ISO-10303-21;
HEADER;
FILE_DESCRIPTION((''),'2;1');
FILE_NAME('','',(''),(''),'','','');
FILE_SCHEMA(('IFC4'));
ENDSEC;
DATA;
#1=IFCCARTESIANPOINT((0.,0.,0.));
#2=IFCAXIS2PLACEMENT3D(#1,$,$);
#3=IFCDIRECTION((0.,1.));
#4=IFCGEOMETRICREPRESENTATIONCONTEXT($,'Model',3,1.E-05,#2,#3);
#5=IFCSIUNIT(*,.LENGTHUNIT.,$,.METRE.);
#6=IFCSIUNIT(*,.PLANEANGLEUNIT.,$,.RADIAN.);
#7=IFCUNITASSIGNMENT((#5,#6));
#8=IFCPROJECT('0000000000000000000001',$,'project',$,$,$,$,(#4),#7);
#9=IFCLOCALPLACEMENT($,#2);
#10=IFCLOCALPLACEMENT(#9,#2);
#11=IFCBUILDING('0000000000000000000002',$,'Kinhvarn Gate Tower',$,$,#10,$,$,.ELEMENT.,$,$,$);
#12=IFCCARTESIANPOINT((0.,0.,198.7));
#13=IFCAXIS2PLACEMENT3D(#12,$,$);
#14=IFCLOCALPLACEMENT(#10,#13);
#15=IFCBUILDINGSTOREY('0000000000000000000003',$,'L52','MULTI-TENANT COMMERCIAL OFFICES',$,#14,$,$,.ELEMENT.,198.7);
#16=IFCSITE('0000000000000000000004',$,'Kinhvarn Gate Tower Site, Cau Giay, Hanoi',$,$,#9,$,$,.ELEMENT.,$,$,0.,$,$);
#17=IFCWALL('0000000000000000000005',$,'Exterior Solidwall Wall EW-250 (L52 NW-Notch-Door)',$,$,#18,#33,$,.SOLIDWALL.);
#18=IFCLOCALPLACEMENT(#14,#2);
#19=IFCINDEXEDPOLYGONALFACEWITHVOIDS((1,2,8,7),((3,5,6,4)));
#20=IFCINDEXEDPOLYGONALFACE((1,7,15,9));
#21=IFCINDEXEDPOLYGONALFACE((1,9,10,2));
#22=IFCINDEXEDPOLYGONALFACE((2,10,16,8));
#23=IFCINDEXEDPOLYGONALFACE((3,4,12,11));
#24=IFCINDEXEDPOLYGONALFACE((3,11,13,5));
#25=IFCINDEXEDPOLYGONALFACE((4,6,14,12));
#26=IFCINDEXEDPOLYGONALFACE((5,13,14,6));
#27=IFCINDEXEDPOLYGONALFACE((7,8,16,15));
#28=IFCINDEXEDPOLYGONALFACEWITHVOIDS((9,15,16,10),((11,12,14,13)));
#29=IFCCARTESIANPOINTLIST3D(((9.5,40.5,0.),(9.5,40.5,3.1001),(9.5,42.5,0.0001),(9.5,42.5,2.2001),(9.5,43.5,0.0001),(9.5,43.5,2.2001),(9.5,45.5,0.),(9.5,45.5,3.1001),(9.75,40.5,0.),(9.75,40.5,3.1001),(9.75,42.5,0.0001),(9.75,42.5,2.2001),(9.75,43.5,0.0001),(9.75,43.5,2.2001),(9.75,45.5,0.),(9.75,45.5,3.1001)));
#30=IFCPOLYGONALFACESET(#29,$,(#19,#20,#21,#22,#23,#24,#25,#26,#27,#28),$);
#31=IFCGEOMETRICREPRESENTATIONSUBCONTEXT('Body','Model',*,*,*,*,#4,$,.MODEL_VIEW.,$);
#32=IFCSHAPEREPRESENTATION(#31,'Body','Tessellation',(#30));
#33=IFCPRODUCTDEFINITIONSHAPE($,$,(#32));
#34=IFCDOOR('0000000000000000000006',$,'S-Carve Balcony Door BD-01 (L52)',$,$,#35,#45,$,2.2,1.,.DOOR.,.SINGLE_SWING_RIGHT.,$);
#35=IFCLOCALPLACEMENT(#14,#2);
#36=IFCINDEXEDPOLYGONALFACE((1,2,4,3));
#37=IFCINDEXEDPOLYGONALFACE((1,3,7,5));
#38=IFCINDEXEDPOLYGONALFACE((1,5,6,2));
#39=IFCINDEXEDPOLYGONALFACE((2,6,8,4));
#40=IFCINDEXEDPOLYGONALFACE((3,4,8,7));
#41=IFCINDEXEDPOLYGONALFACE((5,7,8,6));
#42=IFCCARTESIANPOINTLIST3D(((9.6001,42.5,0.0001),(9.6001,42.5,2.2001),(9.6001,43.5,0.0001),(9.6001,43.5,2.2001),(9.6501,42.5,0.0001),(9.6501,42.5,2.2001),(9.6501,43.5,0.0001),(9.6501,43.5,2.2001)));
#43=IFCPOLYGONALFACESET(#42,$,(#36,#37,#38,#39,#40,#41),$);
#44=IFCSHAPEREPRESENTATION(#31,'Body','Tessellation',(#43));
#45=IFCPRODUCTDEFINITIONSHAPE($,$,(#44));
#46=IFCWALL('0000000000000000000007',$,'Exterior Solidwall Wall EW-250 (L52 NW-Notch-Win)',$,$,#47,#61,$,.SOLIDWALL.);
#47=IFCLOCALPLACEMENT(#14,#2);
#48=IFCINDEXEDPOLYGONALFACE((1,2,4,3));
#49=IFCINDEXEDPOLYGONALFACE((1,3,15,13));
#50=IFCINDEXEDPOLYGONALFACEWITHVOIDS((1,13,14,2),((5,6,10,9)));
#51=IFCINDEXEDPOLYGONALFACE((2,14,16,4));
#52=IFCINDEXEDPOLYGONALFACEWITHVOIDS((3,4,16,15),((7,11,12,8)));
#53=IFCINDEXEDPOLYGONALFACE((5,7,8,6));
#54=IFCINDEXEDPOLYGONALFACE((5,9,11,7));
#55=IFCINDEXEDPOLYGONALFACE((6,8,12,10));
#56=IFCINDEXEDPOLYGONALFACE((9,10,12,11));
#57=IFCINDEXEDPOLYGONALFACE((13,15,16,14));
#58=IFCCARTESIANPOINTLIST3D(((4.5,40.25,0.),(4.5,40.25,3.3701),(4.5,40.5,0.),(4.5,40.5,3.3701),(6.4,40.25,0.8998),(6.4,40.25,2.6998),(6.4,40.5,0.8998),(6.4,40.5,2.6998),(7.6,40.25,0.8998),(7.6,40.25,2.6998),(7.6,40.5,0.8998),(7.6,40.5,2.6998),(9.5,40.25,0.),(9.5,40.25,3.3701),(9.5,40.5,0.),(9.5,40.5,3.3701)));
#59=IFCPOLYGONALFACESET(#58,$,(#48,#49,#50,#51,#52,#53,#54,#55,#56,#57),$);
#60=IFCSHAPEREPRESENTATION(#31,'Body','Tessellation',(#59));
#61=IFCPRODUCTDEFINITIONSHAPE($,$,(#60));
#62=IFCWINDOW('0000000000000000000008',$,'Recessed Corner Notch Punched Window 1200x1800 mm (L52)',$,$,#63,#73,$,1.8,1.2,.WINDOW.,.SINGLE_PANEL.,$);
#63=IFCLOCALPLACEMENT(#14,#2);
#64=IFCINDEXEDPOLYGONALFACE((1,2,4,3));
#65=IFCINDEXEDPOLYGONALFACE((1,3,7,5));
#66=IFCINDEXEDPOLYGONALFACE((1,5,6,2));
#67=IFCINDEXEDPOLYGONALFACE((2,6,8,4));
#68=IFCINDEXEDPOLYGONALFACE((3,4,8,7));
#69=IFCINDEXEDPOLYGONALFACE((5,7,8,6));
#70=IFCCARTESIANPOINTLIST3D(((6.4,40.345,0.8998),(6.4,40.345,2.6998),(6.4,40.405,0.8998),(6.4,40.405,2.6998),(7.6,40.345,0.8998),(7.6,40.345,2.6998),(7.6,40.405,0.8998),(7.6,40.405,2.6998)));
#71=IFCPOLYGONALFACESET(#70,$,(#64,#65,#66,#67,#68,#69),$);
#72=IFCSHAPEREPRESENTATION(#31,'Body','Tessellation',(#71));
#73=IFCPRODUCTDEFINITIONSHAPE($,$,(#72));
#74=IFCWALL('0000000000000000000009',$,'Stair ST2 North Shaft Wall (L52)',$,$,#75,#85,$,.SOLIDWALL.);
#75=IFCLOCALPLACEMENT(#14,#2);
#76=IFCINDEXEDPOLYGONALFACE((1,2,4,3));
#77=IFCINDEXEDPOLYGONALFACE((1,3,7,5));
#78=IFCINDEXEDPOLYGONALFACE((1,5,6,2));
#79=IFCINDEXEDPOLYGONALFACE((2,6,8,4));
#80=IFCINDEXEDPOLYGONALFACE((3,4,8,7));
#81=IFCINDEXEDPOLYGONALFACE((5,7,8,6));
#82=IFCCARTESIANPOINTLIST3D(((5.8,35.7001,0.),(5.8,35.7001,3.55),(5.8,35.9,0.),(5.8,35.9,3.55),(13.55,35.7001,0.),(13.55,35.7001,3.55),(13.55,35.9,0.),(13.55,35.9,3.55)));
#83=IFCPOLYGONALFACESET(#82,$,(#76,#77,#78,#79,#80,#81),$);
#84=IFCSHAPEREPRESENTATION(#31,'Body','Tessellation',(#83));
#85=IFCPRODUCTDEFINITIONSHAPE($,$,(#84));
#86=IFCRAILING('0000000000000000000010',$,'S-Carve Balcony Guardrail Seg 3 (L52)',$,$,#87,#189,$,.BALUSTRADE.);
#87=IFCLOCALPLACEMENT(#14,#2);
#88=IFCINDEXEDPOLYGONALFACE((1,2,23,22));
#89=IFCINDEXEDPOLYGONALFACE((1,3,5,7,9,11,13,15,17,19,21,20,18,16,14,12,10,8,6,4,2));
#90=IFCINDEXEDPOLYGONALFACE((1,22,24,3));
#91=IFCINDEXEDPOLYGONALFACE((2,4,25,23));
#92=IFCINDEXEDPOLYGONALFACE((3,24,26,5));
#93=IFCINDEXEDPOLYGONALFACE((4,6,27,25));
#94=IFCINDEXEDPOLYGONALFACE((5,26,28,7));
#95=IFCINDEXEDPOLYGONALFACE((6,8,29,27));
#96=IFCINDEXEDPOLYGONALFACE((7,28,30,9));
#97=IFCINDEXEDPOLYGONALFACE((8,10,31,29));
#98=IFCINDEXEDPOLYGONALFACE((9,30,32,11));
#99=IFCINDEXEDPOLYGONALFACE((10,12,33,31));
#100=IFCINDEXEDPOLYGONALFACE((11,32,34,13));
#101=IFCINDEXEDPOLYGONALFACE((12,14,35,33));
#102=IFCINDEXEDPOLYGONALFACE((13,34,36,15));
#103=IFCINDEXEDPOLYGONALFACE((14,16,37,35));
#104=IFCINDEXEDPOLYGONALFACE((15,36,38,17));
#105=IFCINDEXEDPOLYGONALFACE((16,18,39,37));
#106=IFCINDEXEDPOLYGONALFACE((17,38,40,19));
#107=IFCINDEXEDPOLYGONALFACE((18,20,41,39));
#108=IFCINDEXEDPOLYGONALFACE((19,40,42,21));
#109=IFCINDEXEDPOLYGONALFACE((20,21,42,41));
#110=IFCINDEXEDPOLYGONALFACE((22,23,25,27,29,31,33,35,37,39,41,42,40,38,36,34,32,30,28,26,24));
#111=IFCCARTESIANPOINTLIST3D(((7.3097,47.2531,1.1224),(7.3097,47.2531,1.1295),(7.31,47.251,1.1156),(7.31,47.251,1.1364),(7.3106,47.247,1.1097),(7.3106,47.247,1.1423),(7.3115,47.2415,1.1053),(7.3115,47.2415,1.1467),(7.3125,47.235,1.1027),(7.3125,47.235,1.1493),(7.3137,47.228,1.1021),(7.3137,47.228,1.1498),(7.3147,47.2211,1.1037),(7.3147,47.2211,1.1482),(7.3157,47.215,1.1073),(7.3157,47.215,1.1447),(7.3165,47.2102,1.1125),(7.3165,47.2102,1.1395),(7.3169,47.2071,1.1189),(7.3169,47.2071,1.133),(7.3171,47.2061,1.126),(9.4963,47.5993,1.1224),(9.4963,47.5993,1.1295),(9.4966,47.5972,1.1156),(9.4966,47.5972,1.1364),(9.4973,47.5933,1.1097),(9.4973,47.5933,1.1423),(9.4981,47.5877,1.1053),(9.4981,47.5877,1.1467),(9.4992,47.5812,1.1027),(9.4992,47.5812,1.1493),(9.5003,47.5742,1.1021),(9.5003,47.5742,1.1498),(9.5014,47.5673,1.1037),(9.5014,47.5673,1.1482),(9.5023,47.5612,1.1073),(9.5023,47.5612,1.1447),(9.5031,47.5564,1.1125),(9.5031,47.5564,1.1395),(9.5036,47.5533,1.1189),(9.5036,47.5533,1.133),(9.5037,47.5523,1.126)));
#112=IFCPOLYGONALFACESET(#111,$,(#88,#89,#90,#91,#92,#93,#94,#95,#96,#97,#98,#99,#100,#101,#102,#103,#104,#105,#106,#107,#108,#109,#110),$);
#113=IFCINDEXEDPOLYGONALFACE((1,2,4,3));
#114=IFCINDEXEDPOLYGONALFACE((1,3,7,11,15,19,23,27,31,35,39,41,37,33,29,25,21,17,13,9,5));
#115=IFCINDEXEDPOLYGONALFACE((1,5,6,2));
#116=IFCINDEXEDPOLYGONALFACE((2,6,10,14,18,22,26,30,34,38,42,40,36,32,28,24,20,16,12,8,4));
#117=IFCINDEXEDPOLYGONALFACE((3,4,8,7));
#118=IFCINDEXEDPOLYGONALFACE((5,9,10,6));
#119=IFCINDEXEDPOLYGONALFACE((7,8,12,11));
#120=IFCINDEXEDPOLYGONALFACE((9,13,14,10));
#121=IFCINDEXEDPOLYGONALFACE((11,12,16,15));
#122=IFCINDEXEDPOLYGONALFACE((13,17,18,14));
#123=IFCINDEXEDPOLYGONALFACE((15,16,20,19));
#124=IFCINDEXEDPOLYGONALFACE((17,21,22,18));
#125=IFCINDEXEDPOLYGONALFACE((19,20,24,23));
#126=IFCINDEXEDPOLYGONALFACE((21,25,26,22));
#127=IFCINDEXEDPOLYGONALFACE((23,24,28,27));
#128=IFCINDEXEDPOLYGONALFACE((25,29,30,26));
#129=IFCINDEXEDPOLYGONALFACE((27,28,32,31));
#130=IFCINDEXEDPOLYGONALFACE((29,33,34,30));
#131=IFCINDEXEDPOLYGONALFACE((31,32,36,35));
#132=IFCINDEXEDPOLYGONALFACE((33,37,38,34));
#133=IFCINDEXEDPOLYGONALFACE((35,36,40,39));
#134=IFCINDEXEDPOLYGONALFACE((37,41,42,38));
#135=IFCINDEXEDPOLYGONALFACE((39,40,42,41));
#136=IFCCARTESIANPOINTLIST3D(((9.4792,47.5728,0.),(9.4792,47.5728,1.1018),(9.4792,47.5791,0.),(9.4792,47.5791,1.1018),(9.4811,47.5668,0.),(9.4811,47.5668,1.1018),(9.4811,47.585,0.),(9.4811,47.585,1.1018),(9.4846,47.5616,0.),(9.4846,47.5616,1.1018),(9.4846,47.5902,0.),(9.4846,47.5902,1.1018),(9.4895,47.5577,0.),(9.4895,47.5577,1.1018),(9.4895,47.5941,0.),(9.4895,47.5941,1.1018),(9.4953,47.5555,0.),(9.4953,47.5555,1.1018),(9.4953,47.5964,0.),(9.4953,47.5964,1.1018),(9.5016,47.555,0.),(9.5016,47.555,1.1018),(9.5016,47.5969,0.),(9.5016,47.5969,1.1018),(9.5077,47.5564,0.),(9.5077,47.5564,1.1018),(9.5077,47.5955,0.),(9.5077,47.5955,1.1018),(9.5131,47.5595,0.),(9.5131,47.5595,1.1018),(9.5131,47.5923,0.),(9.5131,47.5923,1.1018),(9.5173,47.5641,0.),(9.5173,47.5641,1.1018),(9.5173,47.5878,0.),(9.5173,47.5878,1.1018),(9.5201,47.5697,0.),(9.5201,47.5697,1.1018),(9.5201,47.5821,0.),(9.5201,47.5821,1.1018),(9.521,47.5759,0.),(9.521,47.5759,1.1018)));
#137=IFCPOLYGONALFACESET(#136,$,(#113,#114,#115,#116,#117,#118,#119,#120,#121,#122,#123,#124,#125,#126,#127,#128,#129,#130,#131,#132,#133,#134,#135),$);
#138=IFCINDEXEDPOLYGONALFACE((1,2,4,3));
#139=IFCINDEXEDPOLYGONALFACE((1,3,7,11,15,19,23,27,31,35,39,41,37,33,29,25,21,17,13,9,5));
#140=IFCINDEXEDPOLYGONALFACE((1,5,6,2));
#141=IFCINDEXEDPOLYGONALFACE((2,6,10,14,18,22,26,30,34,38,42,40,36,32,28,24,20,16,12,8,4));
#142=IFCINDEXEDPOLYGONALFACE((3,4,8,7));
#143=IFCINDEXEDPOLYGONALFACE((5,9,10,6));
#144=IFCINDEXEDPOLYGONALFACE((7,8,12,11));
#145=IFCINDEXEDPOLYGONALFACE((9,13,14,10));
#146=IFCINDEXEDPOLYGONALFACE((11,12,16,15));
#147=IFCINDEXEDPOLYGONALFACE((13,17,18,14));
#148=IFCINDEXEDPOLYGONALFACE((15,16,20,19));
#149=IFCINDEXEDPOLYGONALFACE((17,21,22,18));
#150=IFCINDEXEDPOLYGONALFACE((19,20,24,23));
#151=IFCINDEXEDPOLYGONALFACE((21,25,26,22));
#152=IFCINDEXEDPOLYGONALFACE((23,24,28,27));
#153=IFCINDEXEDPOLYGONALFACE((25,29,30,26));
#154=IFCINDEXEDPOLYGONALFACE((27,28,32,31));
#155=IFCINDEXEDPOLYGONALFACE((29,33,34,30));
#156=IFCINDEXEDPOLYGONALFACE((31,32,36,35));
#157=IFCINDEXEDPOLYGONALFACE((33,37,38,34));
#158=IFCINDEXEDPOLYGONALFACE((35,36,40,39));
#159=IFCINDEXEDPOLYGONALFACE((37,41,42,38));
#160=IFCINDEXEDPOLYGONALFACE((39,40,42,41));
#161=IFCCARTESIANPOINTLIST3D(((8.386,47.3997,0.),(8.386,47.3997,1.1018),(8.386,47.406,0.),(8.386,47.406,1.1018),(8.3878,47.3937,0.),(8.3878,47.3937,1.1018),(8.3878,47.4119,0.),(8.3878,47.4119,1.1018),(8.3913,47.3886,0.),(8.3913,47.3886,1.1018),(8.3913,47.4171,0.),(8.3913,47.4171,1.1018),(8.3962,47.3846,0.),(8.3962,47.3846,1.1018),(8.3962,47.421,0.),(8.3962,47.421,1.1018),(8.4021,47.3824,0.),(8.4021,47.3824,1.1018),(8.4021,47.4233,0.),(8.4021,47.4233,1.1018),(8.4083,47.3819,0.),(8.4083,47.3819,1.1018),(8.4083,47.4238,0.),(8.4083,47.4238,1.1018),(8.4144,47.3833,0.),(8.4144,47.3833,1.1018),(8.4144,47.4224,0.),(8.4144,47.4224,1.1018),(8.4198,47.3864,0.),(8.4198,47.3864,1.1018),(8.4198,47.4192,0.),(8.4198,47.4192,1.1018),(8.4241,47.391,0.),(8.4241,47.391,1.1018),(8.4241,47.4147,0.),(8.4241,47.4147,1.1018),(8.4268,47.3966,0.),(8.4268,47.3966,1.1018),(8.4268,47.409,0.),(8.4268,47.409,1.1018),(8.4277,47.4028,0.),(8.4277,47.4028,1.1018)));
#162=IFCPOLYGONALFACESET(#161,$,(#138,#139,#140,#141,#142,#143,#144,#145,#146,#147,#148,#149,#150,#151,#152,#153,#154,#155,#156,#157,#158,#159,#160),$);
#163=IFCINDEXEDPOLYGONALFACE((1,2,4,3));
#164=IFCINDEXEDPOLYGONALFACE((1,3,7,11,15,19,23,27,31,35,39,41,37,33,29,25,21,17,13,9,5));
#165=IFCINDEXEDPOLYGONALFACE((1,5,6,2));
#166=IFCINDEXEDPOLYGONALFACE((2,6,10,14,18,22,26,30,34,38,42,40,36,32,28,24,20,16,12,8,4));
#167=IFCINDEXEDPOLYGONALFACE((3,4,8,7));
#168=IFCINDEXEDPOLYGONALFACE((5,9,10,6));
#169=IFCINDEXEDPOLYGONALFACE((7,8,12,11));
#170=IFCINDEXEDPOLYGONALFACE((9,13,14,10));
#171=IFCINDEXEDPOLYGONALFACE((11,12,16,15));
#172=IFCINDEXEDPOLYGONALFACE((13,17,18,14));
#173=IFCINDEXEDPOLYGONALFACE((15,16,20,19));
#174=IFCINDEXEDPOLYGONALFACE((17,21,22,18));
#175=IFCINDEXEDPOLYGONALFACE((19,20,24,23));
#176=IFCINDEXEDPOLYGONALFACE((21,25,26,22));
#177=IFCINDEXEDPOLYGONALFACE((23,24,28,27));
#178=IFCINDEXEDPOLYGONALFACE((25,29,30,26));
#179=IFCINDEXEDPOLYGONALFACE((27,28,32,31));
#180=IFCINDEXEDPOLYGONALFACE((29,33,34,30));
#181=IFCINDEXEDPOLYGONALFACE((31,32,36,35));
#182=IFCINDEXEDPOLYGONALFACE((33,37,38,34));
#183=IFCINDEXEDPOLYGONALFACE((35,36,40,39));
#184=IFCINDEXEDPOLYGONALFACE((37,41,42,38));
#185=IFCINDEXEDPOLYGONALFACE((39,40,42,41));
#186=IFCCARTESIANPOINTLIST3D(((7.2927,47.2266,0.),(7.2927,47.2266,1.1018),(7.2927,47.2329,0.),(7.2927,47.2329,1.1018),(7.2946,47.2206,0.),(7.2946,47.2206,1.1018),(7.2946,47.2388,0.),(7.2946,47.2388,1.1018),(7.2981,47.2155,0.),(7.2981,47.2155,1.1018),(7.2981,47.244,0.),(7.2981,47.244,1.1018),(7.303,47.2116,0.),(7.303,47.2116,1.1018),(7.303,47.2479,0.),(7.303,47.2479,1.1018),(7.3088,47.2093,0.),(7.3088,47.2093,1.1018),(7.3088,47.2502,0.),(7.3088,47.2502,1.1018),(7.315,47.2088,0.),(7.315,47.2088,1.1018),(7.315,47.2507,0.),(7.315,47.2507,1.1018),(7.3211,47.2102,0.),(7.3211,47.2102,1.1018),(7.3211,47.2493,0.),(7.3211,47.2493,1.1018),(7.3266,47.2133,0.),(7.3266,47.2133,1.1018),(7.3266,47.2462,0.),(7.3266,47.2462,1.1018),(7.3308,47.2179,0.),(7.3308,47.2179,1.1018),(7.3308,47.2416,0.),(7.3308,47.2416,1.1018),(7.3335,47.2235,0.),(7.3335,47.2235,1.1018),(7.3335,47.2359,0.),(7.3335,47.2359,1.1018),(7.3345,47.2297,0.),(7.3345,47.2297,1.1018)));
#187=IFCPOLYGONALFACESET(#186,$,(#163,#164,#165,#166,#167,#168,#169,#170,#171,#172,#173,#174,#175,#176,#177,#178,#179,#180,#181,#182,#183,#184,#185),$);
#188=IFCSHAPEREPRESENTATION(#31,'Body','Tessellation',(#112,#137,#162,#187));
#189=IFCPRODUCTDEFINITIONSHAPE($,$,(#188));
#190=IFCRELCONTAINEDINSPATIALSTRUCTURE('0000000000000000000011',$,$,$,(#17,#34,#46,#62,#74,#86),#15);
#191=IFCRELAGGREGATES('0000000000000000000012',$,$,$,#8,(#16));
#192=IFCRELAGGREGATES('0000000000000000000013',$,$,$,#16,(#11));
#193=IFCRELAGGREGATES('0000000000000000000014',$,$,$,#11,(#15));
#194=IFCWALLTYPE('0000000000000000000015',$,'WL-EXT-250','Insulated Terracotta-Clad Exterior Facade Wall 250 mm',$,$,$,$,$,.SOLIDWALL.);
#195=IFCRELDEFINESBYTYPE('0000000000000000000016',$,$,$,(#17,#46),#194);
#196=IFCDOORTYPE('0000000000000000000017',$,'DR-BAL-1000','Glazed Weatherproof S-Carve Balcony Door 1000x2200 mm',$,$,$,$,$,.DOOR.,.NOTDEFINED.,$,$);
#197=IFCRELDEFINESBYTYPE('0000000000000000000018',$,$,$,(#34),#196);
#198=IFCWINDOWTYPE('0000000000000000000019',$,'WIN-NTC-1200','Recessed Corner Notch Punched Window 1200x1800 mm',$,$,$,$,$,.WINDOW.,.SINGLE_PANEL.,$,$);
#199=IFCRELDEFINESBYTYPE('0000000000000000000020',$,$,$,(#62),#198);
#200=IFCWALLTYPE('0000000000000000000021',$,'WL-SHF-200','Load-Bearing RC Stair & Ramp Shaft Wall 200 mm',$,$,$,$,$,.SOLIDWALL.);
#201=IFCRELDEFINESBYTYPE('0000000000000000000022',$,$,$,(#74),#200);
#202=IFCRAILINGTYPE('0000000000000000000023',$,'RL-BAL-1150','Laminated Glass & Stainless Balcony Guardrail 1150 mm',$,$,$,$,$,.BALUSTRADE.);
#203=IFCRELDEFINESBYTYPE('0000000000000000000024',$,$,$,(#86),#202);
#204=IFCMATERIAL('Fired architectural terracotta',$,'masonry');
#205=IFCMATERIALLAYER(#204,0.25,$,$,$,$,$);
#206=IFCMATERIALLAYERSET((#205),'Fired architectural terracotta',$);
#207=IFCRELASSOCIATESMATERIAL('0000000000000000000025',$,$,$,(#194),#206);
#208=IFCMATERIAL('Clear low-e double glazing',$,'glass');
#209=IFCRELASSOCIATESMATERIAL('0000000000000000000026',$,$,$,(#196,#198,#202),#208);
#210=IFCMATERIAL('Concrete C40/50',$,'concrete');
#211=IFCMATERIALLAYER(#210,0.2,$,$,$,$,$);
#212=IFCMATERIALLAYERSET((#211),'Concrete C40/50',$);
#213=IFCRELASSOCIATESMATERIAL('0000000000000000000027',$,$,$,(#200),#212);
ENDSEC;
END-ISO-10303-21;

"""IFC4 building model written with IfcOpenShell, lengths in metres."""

from ifc_helpers import new_model, si_unit, direction, frame, frame_2d, origin, origin_2d, place, context, subcontext, project, spatial, rectangle, circle, extrude, material, layer, layer_set, type_object, element, fill, save


model = new_model("IFC4")

# Units and contexts
model_context = context("Model", 3, precision=1e-05, world=origin(), true_north=direction((0.0, 1.0)))
body_context = subcontext(model_context, "Body", "Model", "MODEL_VIEW")
ifc_project = project(units=[si_unit("LENGTHUNIT", "METRE"), si_unit("PLANEANGLEUNIT", "RADIAN")], contexts=[model_context])

# Site, building, storey
site_placement = place(None, origin())
site = spatial("IfcSite", under=ifc_project, at=site_placement, Name="Kinhvarn Gate Tower Site, Cau Giay, Hanoi", CompositionType="ELEMENT", RefElevation=0.0)
building_placement = place(site_placement, origin())
building = spatial("IfcBuilding", under=site, at=building_placement, Name="Kinhvarn Gate Tower", CompositionType="ELEMENT")
storey_placement = place(building_placement, frame((0.0, 0.0, 198.7)))
storey = spatial("IfcBuildingStorey", under=building, at=storey_placement, Name="L52", Description="MULTI-TENANT COMMERCIAL OFFICES", CompositionType="ELEMENT", Elevation=198.7)

# Shared definitions
ifc_material_1 = material(Name="Fired architectural terracotta", Category="masonry")
ifc_layer_1 = layer(ifc_material_1, 0.25)
ifc_layer_set_1 = layer_set([ifc_layer_1], Name="Fired architectural terracotta")
wall_type_1 = type_object("IfcWallType", Name="WL-EXT-250", Description="Insulated Terracotta-Clad Exterior Facade Wall 250 mm", PredefinedType="SOLIDWALL", material=ifc_layer_set_1)
ifc_material_2 = material(Name="Clear low-e double glazing", Category="glass")

# Wall, opening, door
wall_1_placement = place(storey_placement, frame((9.625, 45.5, 0.0), z_axis=(0.0, 0.0, 1.0), x_axis=(0.0, -1.0, 0.0)))
wall_1 = element("IfcWall", 1, at=wall_1_placement, inside=storey, type_object=wall_type_1, Name="Exterior Solidwall Wall EW-250 (L52 NW-Notch-Door)", PredefinedType="SOLIDWALL", context=body_context, shape_type="SweptSolid", body=[
    extrude(rectangle(XDim=5.0, YDim=0.25, at=frame_2d((2.5, 0.0))), origin(), (0.0, 0.0, 1.0), 3.1001),
])
opening_1_placement = place(wall_1_placement, frame((2.0, 0.0, 0.0)))
opening_1 = element("IfcOpeningElement", 2, at=opening_1_placement, cuts=wall_1, PredefinedType="OPENING", context=body_context, shape_type="SweptSolid", body=[
    extrude(rectangle(XDim=1.0, YDim=2.2, at=frame_2d((0.5, 1.1001))), frame((0.0, 0.135, 0.0), z_axis=(0.0, -1.0, 0.0), x_axis=(1.0, 0.0, 0.0)), (0.0, 0.0, 1.0), 0.27),
])
door_type = type_object("IfcDoorType", Name="DR-BAL-1000", Description="Glazed Weatherproof S-Carve Balcony Door 1000x2200 mm", OperationType="NOTDEFINED", PredefinedType="DOOR", material=ifc_material_2)
door_placement = place(opening_1_placement, frame((1.0, 0.0, 0.0), z_axis=(0.0, 0.0, 1.0), x_axis=(-1.0, 0.0, 0.0)))
door = element("IfcDoor", 3, at=door_placement, inside=storey, type_object=door_type, Name="S-Carve Balcony Door BD-01 (L52)", OperationType="SINGLE_SWING_RIGHT", OverallHeight=2.2, OverallWidth=1.0, PredefinedType="DOOR", context=body_context, shape_type="SweptSolid", body=[
    extrude(rectangle(XDim=1.0, YDim=2.2, at=frame_2d((0.5, 1.1001))), frame((0.0, 0.0249, 0.0), z_axis=(0.0, -1.0, 0.0), x_axis=(1.0, 0.0, 0.0)), (0.0, 0.0, 1.0), 0.05),
])
fill(opening_1, door)

# Wall, opening, window
wall_2_placement = place(storey_placement, frame((9.5, 40.375, 0.0), z_axis=(0.0, 0.0, 1.0), x_axis=(-1.0, 0.0, 0.0)))
wall_2 = element("IfcWall", 4, at=wall_2_placement, inside=storey, type_object=wall_type_1, Name="Exterior Solidwall Wall EW-250 (L52 NW-Notch-Win)", PredefinedType="SOLIDWALL", context=body_context, shape_type="SweptSolid", body=[
    extrude(rectangle(XDim=5.0, YDim=0.25, at=frame_2d((2.5, 0.0))), origin(), (0.0, 0.0, 1.0), 3.3701),
])
opening_2_placement = place(wall_2_placement, frame((1.8999, 0.0, 0.8999)))
opening_2 = element("IfcOpeningElement", 5, at=opening_2_placement, cuts=wall_2, PredefinedType="OPENING", context=body_context, shape_type="SweptSolid", body=[
    extrude(rectangle(XDim=1.2, YDim=1.8, at=frame_2d((0.6001, 0.8999))), frame((0.0, 0.135, 0.0), z_axis=(0.0, -1.0, 0.0), x_axis=(1.0, 0.0, 0.0)), (0.0, 0.0, 1.0), 0.27),
])
window_type_1 = type_object("IfcWindowType", Name="WIN-NTC-1200", Description="Recessed Corner Notch Punched Window 1200x1800 mm", PartitioningType="SINGLE_PANEL", PredefinedType="WINDOW", material=ifc_material_2)
window_1_placement = place(opening_2_placement, origin())
window_1 = element("IfcWindow", 6, at=window_1_placement, inside=storey, type_object=window_type_1, Name="Recessed Corner Notch Punched Window 1200x1800 mm (L52)", OverallHeight=1.8, OverallWidth=1.2, PartitioningType="SINGLE_PANEL", PredefinedType="WINDOW", context=body_context, shape_type="SweptSolid", body=[
    extrude(rectangle(XDim=1.2, YDim=1.8, at=frame_2d((0.6001, 0.8999))), frame((0.0, 0.03, 0.0), z_axis=(0.0, -1.0, 0.0), x_axis=(1.0, 0.0, 0.0)), (0.0, 0.0, 1.0), 0.0601),
])
fill(opening_2, window_1)

# Wall
ifc_material_3 = material(Name="Concrete C40/50", Category="concrete")
ifc_layer_2 = layer(ifc_material_3, 0.2)
ifc_layer_set_2 = layer_set([ifc_layer_2], Name="Concrete C40/50")
wall_type_2 = type_object("IfcWallType", Name="WL-SHF-200", Description="Load-Bearing RC Stair & Ramp Shaft Wall 200 mm", PredefinedType="SOLIDWALL", material=ifc_layer_set_2)
wall_3_placement = place(storey_placement, frame((5.8, 35.8, 0.0), z_axis=(0.0, 0.0, 1.0), x_axis=(1.0, 0.0, 0.0)))
element("IfcWall", 7, at=wall_3_placement, inside=storey, type_object=wall_type_2, Name="Stair ST2 North Shaft Wall (L52)", PredefinedType="SOLIDWALL", context=body_context, shape_type="SweptSolid", body=[
    extrude(rectangle(XDim=7.75, YDim=0.2, at=frame_2d((3.875, 0.0))), origin(), (0.0, 0.0, 1.0), 3.55),
])

# Railing
railing_type = type_object("IfcRailingType", Name="RL-BAL-1150", Description="Laminated Glass & Stainless Balcony Guardrail 1150 mm", PredefinedType="BALUSTRADE", material=ifc_material_2)
railing_1_placement = place(storey_placement, frame((9.5, 47.5759, 0.0)))
element("IfcRailing", 8, at=railing_1_placement, inside=storey, type_object=railing_type, Name="S-Carve Balcony Guardrail Seg 3 (L52)", PredefinedType="BALUSTRADE", context=body_context, shape_type="SweptSolid", body=[
    extrude(circle(Radius=0.0239, at=origin_2d()), frame((0.0, 0.0, 1.126), z_axis=(-0.987697, -0.156382, 0.0), x_axis=(0.156382, -0.987697, 0.0)), (0.0, 0.0, 1.0), 2.2139),
    extrude(circle(Radius=0.021, at=origin_2d()), origin(), (0.0, 0.0, 1.0), 1.1018),
    extrude(circle(Radius=0.021, at=origin_2d()), frame((-1.0933, -0.1731, 0.0)), (0.0, 0.0, 1.0), 1.1018),
    extrude(circle(Radius=0.021, at=origin_2d()), frame((-2.1865, -0.3462, 0.0)), (0.0, 0.0, 1.0), 1.1018),
])

save(model, "model.ifc")
